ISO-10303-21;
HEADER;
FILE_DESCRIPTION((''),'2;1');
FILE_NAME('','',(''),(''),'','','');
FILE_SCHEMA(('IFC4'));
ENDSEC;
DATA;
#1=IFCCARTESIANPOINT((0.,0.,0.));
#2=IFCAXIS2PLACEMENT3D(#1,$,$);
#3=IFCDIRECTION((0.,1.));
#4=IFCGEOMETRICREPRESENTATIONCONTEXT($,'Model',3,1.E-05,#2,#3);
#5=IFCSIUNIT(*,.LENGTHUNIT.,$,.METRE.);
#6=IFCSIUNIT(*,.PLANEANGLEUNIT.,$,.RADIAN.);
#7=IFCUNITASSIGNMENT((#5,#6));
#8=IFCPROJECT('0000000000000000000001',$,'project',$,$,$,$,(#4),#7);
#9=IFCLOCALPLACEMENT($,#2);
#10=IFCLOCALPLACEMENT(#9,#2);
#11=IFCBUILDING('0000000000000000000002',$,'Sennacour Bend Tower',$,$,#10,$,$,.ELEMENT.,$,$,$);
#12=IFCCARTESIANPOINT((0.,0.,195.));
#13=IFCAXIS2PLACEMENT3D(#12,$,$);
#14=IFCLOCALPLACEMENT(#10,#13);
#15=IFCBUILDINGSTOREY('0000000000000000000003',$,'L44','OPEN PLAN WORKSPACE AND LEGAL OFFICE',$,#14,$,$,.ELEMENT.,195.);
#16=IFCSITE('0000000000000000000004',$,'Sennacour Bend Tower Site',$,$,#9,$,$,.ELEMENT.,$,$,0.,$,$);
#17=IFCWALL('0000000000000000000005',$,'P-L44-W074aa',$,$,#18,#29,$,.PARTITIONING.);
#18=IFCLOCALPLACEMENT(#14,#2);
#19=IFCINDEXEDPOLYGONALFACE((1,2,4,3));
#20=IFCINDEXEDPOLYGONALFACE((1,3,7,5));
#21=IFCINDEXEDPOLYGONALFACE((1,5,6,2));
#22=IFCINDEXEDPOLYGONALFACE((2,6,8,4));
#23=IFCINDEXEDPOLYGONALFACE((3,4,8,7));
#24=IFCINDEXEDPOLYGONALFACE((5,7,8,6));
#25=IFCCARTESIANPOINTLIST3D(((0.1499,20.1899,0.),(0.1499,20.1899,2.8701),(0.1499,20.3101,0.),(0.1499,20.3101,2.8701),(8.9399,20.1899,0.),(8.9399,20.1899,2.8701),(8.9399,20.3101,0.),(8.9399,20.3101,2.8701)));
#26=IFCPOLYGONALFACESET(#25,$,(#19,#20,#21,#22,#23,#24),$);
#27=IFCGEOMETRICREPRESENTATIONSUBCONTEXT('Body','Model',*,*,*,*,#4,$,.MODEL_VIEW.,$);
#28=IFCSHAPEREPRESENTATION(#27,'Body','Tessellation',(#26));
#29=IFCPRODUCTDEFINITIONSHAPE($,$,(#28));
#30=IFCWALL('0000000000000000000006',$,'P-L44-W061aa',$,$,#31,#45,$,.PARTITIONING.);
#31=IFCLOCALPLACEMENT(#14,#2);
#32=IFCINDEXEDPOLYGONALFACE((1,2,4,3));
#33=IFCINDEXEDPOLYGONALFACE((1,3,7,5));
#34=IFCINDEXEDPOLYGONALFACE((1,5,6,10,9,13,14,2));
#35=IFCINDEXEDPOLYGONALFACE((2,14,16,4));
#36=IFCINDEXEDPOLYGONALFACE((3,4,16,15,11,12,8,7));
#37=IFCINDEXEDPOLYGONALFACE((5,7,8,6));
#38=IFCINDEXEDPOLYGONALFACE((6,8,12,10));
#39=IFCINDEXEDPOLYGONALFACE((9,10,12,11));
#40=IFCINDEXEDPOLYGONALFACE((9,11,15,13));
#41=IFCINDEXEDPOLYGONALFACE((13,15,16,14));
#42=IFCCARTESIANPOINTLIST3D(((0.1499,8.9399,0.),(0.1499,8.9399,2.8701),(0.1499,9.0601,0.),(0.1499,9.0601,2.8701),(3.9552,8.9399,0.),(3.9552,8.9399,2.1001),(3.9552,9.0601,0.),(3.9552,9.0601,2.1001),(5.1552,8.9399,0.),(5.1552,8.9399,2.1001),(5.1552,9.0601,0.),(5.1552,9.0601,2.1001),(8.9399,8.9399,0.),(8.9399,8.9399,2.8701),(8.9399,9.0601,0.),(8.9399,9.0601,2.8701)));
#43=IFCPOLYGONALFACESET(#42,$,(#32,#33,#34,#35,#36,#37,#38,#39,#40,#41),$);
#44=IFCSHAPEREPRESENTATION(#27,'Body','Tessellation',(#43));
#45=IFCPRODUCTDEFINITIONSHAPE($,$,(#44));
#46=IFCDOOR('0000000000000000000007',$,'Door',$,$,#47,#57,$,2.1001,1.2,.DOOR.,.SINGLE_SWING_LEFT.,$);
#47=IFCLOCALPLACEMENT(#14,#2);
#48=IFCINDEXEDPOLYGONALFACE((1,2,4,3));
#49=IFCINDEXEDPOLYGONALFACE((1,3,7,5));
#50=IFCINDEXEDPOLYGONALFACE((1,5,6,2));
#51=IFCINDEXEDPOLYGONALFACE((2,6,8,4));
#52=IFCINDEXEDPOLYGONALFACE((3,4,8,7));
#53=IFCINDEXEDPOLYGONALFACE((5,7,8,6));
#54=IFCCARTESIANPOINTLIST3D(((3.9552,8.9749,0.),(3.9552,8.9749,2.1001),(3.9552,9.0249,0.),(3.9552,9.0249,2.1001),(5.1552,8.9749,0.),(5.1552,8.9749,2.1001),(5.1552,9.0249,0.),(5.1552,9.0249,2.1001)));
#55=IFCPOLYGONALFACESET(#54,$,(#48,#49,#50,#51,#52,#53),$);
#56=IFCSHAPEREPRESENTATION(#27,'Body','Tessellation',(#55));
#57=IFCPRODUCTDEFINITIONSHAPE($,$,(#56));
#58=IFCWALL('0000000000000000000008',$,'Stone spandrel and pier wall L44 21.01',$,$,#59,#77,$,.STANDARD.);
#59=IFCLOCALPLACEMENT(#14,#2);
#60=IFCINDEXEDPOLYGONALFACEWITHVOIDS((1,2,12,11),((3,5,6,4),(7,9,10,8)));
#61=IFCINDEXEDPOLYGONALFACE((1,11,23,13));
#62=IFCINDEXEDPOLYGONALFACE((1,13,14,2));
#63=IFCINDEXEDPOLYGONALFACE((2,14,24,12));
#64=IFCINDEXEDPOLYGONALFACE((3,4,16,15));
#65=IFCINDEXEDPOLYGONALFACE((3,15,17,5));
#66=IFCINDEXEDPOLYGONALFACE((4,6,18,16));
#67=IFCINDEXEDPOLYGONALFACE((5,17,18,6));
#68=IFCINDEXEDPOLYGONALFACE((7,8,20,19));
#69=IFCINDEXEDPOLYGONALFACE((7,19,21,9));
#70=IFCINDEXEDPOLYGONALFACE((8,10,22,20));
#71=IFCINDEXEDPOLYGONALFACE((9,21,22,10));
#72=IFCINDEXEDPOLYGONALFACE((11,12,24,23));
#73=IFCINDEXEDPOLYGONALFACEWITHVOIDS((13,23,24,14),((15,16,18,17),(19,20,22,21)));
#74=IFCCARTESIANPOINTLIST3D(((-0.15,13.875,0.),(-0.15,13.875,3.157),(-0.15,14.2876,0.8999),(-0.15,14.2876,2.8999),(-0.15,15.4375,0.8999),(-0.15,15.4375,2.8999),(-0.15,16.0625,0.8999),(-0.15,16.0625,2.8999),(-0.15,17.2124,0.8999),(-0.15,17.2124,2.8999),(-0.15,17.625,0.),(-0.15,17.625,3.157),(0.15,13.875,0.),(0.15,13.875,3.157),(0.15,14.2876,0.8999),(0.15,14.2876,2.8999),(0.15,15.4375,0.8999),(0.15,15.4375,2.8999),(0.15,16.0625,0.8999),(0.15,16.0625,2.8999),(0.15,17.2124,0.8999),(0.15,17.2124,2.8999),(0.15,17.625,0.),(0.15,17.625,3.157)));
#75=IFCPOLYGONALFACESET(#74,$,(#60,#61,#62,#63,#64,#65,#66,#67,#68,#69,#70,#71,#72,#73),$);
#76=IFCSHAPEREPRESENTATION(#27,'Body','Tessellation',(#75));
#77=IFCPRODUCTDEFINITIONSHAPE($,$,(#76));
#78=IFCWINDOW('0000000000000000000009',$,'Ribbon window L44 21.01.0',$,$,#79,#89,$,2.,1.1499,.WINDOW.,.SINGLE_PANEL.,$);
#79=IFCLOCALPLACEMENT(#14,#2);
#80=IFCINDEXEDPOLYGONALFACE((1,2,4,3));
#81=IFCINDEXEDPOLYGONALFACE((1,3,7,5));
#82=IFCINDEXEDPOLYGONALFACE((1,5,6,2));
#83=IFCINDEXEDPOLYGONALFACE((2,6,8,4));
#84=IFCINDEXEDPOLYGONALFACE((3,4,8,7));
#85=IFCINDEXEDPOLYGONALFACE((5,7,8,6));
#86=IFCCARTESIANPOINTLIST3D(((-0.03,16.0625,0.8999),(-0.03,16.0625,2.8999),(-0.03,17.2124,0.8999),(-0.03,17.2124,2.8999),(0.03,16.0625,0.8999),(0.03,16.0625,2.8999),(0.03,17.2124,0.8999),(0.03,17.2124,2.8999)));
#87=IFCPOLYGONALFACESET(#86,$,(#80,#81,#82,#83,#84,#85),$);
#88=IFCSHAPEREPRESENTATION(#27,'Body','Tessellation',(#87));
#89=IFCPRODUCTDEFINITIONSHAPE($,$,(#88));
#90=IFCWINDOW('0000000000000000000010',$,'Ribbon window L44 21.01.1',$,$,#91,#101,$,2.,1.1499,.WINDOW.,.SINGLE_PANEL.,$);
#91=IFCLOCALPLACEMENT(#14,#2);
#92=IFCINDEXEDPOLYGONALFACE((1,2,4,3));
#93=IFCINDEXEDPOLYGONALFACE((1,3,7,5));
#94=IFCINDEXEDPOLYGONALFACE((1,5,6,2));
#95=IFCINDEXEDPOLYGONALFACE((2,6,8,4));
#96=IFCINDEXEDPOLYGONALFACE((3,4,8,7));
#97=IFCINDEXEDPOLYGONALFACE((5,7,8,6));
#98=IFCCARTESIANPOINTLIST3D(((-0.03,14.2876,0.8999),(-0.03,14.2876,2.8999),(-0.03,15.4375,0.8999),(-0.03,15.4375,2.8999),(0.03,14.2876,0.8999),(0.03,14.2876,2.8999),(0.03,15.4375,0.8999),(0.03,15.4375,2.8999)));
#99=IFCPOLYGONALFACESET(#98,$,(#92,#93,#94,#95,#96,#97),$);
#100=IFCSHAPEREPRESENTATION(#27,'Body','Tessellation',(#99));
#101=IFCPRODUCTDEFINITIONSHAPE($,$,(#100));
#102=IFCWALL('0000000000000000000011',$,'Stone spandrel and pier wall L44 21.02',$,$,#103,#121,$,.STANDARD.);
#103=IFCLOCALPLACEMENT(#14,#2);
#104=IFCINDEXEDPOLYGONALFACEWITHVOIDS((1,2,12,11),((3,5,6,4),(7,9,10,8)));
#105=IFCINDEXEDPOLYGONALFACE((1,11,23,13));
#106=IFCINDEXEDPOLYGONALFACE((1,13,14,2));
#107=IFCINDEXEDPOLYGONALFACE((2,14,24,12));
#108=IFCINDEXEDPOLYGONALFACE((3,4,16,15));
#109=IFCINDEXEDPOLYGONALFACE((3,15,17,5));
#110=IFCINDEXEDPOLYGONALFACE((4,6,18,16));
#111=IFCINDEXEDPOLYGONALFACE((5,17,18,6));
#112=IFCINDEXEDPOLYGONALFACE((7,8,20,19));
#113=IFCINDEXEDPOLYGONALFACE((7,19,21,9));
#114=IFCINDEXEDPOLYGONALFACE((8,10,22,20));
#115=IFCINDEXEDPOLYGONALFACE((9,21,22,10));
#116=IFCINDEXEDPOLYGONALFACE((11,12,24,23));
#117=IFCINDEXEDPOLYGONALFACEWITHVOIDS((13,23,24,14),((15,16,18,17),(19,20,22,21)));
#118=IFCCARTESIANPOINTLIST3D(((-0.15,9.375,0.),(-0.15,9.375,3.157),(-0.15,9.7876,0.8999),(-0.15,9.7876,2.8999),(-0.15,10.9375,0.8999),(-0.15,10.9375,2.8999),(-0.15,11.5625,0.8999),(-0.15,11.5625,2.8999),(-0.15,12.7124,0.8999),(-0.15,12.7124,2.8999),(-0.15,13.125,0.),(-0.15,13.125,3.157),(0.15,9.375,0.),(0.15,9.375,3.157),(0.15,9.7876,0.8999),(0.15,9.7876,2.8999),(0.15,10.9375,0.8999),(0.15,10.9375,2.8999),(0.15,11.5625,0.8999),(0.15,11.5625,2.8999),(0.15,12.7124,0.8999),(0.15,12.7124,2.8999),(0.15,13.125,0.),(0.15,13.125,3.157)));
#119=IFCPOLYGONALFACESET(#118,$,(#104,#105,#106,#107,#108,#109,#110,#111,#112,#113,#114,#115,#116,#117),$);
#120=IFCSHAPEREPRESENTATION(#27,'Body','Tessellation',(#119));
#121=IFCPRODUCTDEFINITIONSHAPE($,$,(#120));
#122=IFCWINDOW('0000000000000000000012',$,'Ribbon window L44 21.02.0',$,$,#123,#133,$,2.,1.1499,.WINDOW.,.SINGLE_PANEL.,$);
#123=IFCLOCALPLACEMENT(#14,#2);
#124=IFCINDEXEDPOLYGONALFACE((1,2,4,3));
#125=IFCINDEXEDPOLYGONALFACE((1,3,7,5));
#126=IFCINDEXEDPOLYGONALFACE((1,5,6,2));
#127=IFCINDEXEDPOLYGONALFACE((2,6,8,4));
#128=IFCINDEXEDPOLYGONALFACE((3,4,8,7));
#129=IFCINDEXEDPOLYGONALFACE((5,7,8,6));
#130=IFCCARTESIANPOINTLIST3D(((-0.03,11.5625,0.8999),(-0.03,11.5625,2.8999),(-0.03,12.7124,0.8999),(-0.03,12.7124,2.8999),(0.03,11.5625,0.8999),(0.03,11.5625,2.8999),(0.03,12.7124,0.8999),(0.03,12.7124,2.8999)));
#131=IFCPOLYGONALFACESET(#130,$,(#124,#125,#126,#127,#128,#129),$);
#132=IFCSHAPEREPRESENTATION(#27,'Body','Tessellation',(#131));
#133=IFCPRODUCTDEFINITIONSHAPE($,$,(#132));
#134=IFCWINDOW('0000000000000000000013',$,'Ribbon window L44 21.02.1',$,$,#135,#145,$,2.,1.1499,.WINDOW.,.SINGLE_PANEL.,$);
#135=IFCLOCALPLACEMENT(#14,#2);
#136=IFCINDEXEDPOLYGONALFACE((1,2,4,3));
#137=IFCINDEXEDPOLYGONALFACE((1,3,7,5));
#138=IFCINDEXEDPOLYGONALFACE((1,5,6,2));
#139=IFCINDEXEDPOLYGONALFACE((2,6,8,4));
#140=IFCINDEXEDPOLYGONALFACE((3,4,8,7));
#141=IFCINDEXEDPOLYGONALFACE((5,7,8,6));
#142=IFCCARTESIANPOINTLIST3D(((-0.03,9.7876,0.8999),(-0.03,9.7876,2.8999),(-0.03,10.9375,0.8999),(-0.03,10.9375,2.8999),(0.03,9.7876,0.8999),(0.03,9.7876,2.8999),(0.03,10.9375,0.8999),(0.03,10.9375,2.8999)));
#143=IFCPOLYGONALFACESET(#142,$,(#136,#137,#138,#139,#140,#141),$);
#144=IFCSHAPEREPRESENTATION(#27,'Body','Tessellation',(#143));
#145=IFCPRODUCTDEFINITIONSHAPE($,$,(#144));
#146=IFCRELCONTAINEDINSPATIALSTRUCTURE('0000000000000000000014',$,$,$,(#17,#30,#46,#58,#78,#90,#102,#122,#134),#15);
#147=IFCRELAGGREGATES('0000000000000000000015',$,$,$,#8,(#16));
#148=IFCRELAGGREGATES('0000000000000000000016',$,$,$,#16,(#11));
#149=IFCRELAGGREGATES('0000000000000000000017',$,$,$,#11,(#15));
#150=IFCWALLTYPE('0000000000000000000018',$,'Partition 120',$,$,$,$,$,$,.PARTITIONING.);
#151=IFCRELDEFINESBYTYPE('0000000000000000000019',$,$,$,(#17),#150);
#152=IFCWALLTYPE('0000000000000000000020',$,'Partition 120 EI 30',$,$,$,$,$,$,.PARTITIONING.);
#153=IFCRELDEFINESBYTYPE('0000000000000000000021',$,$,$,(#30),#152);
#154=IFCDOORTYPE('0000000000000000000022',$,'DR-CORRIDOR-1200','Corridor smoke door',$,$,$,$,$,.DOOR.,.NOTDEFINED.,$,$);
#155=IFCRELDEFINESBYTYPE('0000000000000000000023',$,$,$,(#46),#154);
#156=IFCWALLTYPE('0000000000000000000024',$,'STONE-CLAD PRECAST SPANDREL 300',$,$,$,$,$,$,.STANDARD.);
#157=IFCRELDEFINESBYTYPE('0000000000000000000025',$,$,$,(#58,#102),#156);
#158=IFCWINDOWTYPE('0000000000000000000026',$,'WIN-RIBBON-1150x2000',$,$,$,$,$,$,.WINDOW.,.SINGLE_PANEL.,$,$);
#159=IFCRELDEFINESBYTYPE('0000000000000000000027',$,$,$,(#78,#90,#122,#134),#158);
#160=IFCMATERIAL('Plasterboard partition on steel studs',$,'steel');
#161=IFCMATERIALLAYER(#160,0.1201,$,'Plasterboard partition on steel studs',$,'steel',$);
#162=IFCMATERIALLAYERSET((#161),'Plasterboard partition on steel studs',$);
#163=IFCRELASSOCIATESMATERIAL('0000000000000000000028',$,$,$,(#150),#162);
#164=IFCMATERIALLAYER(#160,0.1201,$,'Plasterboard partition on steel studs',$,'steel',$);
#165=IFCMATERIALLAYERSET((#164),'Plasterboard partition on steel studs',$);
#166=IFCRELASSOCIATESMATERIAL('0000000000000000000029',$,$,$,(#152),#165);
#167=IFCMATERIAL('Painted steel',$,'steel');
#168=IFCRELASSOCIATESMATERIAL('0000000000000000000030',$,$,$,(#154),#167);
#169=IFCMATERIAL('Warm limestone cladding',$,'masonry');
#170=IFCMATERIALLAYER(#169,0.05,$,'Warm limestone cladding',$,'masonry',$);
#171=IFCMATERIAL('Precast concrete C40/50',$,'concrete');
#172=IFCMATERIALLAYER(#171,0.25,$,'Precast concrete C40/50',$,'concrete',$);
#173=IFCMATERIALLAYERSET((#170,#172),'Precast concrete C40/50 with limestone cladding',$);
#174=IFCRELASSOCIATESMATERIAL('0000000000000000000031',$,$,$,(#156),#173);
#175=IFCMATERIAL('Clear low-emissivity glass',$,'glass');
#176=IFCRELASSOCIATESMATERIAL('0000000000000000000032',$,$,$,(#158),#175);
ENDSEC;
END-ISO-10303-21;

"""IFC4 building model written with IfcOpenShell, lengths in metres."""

from ifc_helpers import new_model, si_unit, direction, frame, frame_2d, origin, place, context, subcontext, project, spatial, rectangle, extrude, material, layer, layer_set, type_object, element, fill, save


model = new_model("IFC4")

# Units and contexts
model_context = context("Model", 3, precision=1e-05, world=origin(), true_north=direction((0.0, 1.0)))
body_context = subcontext(model_context, "Body", "Model", "MODEL_VIEW")
ifc_project = project(units=[si_unit("LENGTHUNIT", "METRE"), si_unit("PLANEANGLEUNIT", "RADIAN")], contexts=[model_context])

# Site, building, storey
site_placement = place(None, origin())
site = spatial("IfcSite", under=ifc_project, at=site_placement, Name="Sennacour Bend Tower Site", CompositionType="ELEMENT", RefElevation=0.0)
building_placement = place(site_placement, origin())
building = spatial("IfcBuilding", under=site, at=building_placement, Name="Sennacour Bend Tower", CompositionType="ELEMENT")
storey_placement = place(building_placement, frame((0.0, 0.0, 195.0)))
storey = spatial("IfcBuildingStorey", under=building, at=storey_placement, Name="L44", Description="OPEN PLAN WORKSPACE AND LEGAL OFFICE", CompositionType="ELEMENT", Elevation=195.0)

# Wall
ifc_material_1 = material(Name="Plasterboard partition on steel studs", Category="steel")
ifc_layer_1 = layer(ifc_material_1, 0.1201, Name="Plasterboard partition on steel studs", Category="steel")
ifc_layer_set_1 = layer_set([ifc_layer_1], Name="Plasterboard partition on steel studs")
wall_type_1 = type_object("IfcWallType", Name="Partition 120", PredefinedType="PARTITIONING", material=ifc_layer_set_1)
for number, where, z_axis, x_axis, name in (
    (1, (0.1499, 20.25, 0.0), (0.0, 0.0, 1.0), (1.0, 0.0, 0.0), "P-L44-W074aa"),
):
    element("IfcWall", number, at=place(storey_placement, frame(where, z_axis=z_axis, x_axis=x_axis)), inside=storey, type_object=wall_type_1, Name=name, PredefinedType="PARTITIONING", context=body_context, shape_type="SweptSolid", body=[
        extrude(rectangle(XDim=8.79, YDim=0.1201, at=frame_2d((4.395, 0.0))), origin(), (0.0, 0.0, 1.0), 2.8701),
    ])

# Wall, opening, door
ifc_layer_2 = layer(ifc_material_1, 0.1201, Name="Plasterboard partition on steel studs", Category="steel")
ifc_layer_set_2 = layer_set([ifc_layer_2], Name="Plasterboard partition on steel studs")
wall_type_2 = type_object("IfcWallType", Name="Partition 120 EI 30", PredefinedType="PARTITIONING", material=ifc_layer_set_2)
wall_1_placement = place(storey_placement, frame((0.1499, 9.0, 0.0), z_axis=(0.0, 0.0, 1.0), x_axis=(1.0, 0.0, 0.0)))
wall_1 = element("IfcWall", 2, at=wall_1_placement, inside=storey, type_object=wall_type_2, Name="P-L44-W061aa", PredefinedType="PARTITIONING", context=body_context, shape_type="SweptSolid", body=[
    extrude(rectangle(XDim=8.79, YDim=0.1201, at=frame_2d((4.395, 0.0))), origin(), (0.0, 0.0, 1.0), 2.8701),
])
opening_1_placement = place(wall_1_placement, frame((3.8052, 0.0, 0.0)))
opening_1 = element("IfcOpeningElement", 3, at=opening_1_placement, cuts=wall_1, PredefinedType="OPENING", context=body_context, shape_type="SweptSolid", body=[
    extrude(rectangle(XDim=1.2, YDim=2.1001, at=frame_2d((0.6001, 1.05))), frame((0.0, 0.0701, 0.0), z_axis=(0.0, -1.0, 0.0), x_axis=(1.0, 0.0, 0.0)), (0.0, 0.0, 1.0), 0.1401),
])
ifc_material_2 = material(Name="Painted steel", Category="steel")
door_type = type_object("IfcDoorType", Name="DR-CORRIDOR-1200", Description="Corridor smoke door", OperationType="NOTDEFINED", PredefinedType="DOOR", material=ifc_material_2)
door_placement = place(opening_1_placement, origin())
door = element("IfcDoor", 4, at=door_placement, inside=storey, type_object=door_type, Name="Door", OperationType="SINGLE_SWING_LEFT", OverallHeight=2.1001, OverallWidth=1.2, PredefinedType="DOOR", context=body_context, shape_type="SweptSolid", body=[
    extrude(rectangle(XDim=1.2, YDim=2.1001, at=frame_2d((0.6001, 1.05))), frame((0.0, 0.0249, 0.0), z_axis=(0.0, -1.0, 0.0), x_axis=(1.0, 0.0, 0.0)), (0.0, 0.0, 1.0), 0.05),
])
fill(opening_1, door)

# Walls, openings, windows
ifc_material_3 = material(Name="Warm limestone cladding", Category="masonry")
ifc_layer_3 = layer(ifc_material_3, 0.05, Name="Warm limestone cladding", Category="masonry")
ifc_material_4 = material(Name="Precast concrete C40/50", Category="concrete")
ifc_layer_4 = layer(ifc_material_4, 0.25, Name="Precast concrete C40/50", Category="concrete")
ifc_layer_set_3 = layer_set([ifc_layer_3, ifc_layer_4], Name="Precast concrete C40/50 with limestone cladding")
wall_type_3 = type_object("IfcWallType", Name="STONE-CLAD PRECAST SPANDREL 300", PredefinedType="STANDARD", material=ifc_layer_set_3)
wall_2_placement = place(storey_placement, frame((0.0, 17.625, 0.0), z_axis=(0.0, 0.0, 1.0), x_axis=(0.0, -1.0, 0.0)))
wall_2 = element("IfcWall", 5, at=wall_2_placement, inside=storey, type_object=wall_type_3, Name="Stone spandrel and pier wall L44 21.01", PredefinedType="STANDARD", context=body_context, shape_type="SweptSolid", body=[
    extrude(rectangle(XDim=3.75, YDim=0.3, at=frame_2d((1.875, 0.0))), origin(), (0.0, 0.0, 1.0), 3.157),
])
opening_2_placement = place(wall_2_placement, frame((0.4126, 0.0, 0.8999)))
opening_2 = element("IfcOpeningElement", 6, at=opening_2_placement, cuts=wall_2, PredefinedType="OPENING", context=body_context, shape_type="SweptSolid", body=[
    extrude(rectangle(XDim=1.1499, YDim=2.0, at=frame_2d((0.575, 1.0))), frame((0.0, 0.1602, 0.0), z_axis=(0.0, -1.0, 0.0), x_axis=(1.0, 0.0, 0.0)), (0.0, 0.0, 1.0), 0.3201),
])
opening_3_placement = place(wall_2_placement, frame((2.1875, 0.0, 0.8999)))
opening_3 = element("IfcOpeningElement", 7, at=opening_3_placement, cuts=wall_2, PredefinedType="OPENING", context=body_context, shape_type="SweptSolid", body=[
    extrude(rectangle(XDim=1.1499, YDim=2.0, at=frame_2d((0.575, 1.0))), frame((0.0, 0.1602, 0.0), z_axis=(0.0, -1.0, 0.0), x_axis=(1.0, 0.0, 0.0)), (0.0, 0.0, 1.0), 0.3201),
])
ifc_material_5 = material(Name="Clear low-emissivity glass", Category="glass")
window_type = type_object("IfcWindowType", Name="WIN-RIBBON-1150x2000", PartitioningType="SINGLE_PANEL", PredefinedType="WINDOW", material=ifc_material_5)
window_1_placement = place(opening_2_placement, origin())
window_1 = element("IfcWindow", 8, at=window_1_placement, inside=storey, type_object=window_type, Name="Ribbon window L44 21.01.0", OverallHeight=2.0, OverallWidth=1.1499, PartitioningType="SINGLE_PANEL", PredefinedType="WINDOW", context=body_context, shape_type="SweptSolid", body=[
    extrude(rectangle(XDim=1.1499, YDim=2.0, at=frame_2d((0.575, 1.0))), frame((0.0, 0.03, 0.0), z_axis=(0.0, -1.0, 0.0), x_axis=(1.0, 0.0, 0.0)), (0.0, 0.0, 1.0), 0.0601),
])
fill(opening_2, window_1)
window_2_placement = place(opening_3_placement, origin())
window_2 = element("IfcWindow", 9, at=window_2_placement, inside=storey, type_object=window_type, Name="Ribbon window L44 21.01.1", OverallHeight=2.0, OverallWidth=1.1499, PartitioningType="SINGLE_PANEL", PredefinedType="WINDOW", context=body_context, shape_type="SweptSolid", body=[
    extrude(rectangle(XDim=1.1499, YDim=2.0, at=frame_2d((0.575, 1.0))), frame((0.0, 0.03, 0.0), z_axis=(0.0, -1.0, 0.0), x_axis=(1.0, 0.0, 0.0)), (0.0, 0.0, 1.0), 0.0601),
])
fill(opening_3, window_2)
wall_3_placement = place(storey_placement, frame((0.0, 13.125, 0.0), z_axis=(0.0, 0.0, 1.0), x_axis=(0.0, -1.0, 0.0)))
wall_3 = element("IfcWall", 10, at=wall_3_placement, inside=storey, type_object=wall_type_3, Name="Stone spandrel and pier wall L44 21.02", PredefinedType="STANDARD", context=body_context, shape_type="SweptSolid", body=[
    extrude(rectangle(XDim=3.75, YDim=0.3, at=frame_2d((1.875, 0.0))), origin(), (0.0, 0.0, 1.0), 3.157),
])
opening_4_placement = place(wall_3_placement, frame((0.4126, 0.0, 0.8999)))
opening_4 = element("IfcOpeningElement", 11, at=opening_4_placement, cuts=wall_3, PredefinedType="OPENING", context=body_context, shape_type="SweptSolid", body=[
    extrude(rectangle(XDim=1.1499, YDim=2.0, at=frame_2d((0.575, 1.0))), frame((0.0, 0.1602, 0.0), z_axis=(0.0, -1.0, 0.0), x_axis=(1.0, 0.0, 0.0)), (0.0, 0.0, 1.0), 0.3201),
])
opening_5_placement = place(wall_3_placement, frame((2.1875, 0.0, 0.8999)))
opening_5 = element("IfcOpeningElement", 12, at=opening_5_placement, cuts=wall_3, PredefinedType="OPENING", context=body_context, shape_type="SweptSolid", body=[
    extrude(rectangle(XDim=1.1499, YDim=2.0, at=frame_2d((0.575, 1.0))), frame((0.0, 0.1602, 0.0), z_axis=(0.0, -1.0, 0.0), x_axis=(1.0, 0.0, 0.0)), (0.0, 0.0, 1.0), 0.3201),
])
window_3_placement = place(opening_4_placement, origin())
window_3 = element("IfcWindow", 13, at=window_3_placement, inside=storey, type_object=window_type, Name="Ribbon window L44 21.02.0", OverallHeight=2.0, OverallWidth=1.1499, PartitioningType="SINGLE_PANEL", PredefinedType="WINDOW", context=body_context, shape_type="SweptSolid", body=[
    extrude(rectangle(XDim=1.1499, YDim=2.0, at=frame_2d((0.575, 1.0))), frame((0.0, 0.03, 0.0), z_axis=(0.0, -1.0, 0.0), x_axis=(1.0, 0.0, 0.0)), (0.0, 0.0, 1.0), 0.0601),
])
fill(opening_4, window_3)
window_4_placement = place(opening_5_placement, origin())
window_4 = element("IfcWindow", 14, at=window_4_placement, inside=storey, type_object=window_type, Name="Ribbon window L44 21.02.1", OverallHeight=2.0, OverallWidth=1.1499, PartitioningType="SINGLE_PANEL", PredefinedType="WINDOW", context=body_context, shape_type="SweptSolid", body=[
    extrude(rectangle(XDim=1.1499, YDim=2.0, at=frame_2d((0.575, 1.0))), frame((0.0, 0.03, 0.0), z_axis=(0.0, -1.0, 0.0), x_axis=(1.0, 0.0, 0.0)), (0.0, 0.0, 1.0), 0.0601),
])
fill(opening_5, window_4)

save(model, "model.ifc")
